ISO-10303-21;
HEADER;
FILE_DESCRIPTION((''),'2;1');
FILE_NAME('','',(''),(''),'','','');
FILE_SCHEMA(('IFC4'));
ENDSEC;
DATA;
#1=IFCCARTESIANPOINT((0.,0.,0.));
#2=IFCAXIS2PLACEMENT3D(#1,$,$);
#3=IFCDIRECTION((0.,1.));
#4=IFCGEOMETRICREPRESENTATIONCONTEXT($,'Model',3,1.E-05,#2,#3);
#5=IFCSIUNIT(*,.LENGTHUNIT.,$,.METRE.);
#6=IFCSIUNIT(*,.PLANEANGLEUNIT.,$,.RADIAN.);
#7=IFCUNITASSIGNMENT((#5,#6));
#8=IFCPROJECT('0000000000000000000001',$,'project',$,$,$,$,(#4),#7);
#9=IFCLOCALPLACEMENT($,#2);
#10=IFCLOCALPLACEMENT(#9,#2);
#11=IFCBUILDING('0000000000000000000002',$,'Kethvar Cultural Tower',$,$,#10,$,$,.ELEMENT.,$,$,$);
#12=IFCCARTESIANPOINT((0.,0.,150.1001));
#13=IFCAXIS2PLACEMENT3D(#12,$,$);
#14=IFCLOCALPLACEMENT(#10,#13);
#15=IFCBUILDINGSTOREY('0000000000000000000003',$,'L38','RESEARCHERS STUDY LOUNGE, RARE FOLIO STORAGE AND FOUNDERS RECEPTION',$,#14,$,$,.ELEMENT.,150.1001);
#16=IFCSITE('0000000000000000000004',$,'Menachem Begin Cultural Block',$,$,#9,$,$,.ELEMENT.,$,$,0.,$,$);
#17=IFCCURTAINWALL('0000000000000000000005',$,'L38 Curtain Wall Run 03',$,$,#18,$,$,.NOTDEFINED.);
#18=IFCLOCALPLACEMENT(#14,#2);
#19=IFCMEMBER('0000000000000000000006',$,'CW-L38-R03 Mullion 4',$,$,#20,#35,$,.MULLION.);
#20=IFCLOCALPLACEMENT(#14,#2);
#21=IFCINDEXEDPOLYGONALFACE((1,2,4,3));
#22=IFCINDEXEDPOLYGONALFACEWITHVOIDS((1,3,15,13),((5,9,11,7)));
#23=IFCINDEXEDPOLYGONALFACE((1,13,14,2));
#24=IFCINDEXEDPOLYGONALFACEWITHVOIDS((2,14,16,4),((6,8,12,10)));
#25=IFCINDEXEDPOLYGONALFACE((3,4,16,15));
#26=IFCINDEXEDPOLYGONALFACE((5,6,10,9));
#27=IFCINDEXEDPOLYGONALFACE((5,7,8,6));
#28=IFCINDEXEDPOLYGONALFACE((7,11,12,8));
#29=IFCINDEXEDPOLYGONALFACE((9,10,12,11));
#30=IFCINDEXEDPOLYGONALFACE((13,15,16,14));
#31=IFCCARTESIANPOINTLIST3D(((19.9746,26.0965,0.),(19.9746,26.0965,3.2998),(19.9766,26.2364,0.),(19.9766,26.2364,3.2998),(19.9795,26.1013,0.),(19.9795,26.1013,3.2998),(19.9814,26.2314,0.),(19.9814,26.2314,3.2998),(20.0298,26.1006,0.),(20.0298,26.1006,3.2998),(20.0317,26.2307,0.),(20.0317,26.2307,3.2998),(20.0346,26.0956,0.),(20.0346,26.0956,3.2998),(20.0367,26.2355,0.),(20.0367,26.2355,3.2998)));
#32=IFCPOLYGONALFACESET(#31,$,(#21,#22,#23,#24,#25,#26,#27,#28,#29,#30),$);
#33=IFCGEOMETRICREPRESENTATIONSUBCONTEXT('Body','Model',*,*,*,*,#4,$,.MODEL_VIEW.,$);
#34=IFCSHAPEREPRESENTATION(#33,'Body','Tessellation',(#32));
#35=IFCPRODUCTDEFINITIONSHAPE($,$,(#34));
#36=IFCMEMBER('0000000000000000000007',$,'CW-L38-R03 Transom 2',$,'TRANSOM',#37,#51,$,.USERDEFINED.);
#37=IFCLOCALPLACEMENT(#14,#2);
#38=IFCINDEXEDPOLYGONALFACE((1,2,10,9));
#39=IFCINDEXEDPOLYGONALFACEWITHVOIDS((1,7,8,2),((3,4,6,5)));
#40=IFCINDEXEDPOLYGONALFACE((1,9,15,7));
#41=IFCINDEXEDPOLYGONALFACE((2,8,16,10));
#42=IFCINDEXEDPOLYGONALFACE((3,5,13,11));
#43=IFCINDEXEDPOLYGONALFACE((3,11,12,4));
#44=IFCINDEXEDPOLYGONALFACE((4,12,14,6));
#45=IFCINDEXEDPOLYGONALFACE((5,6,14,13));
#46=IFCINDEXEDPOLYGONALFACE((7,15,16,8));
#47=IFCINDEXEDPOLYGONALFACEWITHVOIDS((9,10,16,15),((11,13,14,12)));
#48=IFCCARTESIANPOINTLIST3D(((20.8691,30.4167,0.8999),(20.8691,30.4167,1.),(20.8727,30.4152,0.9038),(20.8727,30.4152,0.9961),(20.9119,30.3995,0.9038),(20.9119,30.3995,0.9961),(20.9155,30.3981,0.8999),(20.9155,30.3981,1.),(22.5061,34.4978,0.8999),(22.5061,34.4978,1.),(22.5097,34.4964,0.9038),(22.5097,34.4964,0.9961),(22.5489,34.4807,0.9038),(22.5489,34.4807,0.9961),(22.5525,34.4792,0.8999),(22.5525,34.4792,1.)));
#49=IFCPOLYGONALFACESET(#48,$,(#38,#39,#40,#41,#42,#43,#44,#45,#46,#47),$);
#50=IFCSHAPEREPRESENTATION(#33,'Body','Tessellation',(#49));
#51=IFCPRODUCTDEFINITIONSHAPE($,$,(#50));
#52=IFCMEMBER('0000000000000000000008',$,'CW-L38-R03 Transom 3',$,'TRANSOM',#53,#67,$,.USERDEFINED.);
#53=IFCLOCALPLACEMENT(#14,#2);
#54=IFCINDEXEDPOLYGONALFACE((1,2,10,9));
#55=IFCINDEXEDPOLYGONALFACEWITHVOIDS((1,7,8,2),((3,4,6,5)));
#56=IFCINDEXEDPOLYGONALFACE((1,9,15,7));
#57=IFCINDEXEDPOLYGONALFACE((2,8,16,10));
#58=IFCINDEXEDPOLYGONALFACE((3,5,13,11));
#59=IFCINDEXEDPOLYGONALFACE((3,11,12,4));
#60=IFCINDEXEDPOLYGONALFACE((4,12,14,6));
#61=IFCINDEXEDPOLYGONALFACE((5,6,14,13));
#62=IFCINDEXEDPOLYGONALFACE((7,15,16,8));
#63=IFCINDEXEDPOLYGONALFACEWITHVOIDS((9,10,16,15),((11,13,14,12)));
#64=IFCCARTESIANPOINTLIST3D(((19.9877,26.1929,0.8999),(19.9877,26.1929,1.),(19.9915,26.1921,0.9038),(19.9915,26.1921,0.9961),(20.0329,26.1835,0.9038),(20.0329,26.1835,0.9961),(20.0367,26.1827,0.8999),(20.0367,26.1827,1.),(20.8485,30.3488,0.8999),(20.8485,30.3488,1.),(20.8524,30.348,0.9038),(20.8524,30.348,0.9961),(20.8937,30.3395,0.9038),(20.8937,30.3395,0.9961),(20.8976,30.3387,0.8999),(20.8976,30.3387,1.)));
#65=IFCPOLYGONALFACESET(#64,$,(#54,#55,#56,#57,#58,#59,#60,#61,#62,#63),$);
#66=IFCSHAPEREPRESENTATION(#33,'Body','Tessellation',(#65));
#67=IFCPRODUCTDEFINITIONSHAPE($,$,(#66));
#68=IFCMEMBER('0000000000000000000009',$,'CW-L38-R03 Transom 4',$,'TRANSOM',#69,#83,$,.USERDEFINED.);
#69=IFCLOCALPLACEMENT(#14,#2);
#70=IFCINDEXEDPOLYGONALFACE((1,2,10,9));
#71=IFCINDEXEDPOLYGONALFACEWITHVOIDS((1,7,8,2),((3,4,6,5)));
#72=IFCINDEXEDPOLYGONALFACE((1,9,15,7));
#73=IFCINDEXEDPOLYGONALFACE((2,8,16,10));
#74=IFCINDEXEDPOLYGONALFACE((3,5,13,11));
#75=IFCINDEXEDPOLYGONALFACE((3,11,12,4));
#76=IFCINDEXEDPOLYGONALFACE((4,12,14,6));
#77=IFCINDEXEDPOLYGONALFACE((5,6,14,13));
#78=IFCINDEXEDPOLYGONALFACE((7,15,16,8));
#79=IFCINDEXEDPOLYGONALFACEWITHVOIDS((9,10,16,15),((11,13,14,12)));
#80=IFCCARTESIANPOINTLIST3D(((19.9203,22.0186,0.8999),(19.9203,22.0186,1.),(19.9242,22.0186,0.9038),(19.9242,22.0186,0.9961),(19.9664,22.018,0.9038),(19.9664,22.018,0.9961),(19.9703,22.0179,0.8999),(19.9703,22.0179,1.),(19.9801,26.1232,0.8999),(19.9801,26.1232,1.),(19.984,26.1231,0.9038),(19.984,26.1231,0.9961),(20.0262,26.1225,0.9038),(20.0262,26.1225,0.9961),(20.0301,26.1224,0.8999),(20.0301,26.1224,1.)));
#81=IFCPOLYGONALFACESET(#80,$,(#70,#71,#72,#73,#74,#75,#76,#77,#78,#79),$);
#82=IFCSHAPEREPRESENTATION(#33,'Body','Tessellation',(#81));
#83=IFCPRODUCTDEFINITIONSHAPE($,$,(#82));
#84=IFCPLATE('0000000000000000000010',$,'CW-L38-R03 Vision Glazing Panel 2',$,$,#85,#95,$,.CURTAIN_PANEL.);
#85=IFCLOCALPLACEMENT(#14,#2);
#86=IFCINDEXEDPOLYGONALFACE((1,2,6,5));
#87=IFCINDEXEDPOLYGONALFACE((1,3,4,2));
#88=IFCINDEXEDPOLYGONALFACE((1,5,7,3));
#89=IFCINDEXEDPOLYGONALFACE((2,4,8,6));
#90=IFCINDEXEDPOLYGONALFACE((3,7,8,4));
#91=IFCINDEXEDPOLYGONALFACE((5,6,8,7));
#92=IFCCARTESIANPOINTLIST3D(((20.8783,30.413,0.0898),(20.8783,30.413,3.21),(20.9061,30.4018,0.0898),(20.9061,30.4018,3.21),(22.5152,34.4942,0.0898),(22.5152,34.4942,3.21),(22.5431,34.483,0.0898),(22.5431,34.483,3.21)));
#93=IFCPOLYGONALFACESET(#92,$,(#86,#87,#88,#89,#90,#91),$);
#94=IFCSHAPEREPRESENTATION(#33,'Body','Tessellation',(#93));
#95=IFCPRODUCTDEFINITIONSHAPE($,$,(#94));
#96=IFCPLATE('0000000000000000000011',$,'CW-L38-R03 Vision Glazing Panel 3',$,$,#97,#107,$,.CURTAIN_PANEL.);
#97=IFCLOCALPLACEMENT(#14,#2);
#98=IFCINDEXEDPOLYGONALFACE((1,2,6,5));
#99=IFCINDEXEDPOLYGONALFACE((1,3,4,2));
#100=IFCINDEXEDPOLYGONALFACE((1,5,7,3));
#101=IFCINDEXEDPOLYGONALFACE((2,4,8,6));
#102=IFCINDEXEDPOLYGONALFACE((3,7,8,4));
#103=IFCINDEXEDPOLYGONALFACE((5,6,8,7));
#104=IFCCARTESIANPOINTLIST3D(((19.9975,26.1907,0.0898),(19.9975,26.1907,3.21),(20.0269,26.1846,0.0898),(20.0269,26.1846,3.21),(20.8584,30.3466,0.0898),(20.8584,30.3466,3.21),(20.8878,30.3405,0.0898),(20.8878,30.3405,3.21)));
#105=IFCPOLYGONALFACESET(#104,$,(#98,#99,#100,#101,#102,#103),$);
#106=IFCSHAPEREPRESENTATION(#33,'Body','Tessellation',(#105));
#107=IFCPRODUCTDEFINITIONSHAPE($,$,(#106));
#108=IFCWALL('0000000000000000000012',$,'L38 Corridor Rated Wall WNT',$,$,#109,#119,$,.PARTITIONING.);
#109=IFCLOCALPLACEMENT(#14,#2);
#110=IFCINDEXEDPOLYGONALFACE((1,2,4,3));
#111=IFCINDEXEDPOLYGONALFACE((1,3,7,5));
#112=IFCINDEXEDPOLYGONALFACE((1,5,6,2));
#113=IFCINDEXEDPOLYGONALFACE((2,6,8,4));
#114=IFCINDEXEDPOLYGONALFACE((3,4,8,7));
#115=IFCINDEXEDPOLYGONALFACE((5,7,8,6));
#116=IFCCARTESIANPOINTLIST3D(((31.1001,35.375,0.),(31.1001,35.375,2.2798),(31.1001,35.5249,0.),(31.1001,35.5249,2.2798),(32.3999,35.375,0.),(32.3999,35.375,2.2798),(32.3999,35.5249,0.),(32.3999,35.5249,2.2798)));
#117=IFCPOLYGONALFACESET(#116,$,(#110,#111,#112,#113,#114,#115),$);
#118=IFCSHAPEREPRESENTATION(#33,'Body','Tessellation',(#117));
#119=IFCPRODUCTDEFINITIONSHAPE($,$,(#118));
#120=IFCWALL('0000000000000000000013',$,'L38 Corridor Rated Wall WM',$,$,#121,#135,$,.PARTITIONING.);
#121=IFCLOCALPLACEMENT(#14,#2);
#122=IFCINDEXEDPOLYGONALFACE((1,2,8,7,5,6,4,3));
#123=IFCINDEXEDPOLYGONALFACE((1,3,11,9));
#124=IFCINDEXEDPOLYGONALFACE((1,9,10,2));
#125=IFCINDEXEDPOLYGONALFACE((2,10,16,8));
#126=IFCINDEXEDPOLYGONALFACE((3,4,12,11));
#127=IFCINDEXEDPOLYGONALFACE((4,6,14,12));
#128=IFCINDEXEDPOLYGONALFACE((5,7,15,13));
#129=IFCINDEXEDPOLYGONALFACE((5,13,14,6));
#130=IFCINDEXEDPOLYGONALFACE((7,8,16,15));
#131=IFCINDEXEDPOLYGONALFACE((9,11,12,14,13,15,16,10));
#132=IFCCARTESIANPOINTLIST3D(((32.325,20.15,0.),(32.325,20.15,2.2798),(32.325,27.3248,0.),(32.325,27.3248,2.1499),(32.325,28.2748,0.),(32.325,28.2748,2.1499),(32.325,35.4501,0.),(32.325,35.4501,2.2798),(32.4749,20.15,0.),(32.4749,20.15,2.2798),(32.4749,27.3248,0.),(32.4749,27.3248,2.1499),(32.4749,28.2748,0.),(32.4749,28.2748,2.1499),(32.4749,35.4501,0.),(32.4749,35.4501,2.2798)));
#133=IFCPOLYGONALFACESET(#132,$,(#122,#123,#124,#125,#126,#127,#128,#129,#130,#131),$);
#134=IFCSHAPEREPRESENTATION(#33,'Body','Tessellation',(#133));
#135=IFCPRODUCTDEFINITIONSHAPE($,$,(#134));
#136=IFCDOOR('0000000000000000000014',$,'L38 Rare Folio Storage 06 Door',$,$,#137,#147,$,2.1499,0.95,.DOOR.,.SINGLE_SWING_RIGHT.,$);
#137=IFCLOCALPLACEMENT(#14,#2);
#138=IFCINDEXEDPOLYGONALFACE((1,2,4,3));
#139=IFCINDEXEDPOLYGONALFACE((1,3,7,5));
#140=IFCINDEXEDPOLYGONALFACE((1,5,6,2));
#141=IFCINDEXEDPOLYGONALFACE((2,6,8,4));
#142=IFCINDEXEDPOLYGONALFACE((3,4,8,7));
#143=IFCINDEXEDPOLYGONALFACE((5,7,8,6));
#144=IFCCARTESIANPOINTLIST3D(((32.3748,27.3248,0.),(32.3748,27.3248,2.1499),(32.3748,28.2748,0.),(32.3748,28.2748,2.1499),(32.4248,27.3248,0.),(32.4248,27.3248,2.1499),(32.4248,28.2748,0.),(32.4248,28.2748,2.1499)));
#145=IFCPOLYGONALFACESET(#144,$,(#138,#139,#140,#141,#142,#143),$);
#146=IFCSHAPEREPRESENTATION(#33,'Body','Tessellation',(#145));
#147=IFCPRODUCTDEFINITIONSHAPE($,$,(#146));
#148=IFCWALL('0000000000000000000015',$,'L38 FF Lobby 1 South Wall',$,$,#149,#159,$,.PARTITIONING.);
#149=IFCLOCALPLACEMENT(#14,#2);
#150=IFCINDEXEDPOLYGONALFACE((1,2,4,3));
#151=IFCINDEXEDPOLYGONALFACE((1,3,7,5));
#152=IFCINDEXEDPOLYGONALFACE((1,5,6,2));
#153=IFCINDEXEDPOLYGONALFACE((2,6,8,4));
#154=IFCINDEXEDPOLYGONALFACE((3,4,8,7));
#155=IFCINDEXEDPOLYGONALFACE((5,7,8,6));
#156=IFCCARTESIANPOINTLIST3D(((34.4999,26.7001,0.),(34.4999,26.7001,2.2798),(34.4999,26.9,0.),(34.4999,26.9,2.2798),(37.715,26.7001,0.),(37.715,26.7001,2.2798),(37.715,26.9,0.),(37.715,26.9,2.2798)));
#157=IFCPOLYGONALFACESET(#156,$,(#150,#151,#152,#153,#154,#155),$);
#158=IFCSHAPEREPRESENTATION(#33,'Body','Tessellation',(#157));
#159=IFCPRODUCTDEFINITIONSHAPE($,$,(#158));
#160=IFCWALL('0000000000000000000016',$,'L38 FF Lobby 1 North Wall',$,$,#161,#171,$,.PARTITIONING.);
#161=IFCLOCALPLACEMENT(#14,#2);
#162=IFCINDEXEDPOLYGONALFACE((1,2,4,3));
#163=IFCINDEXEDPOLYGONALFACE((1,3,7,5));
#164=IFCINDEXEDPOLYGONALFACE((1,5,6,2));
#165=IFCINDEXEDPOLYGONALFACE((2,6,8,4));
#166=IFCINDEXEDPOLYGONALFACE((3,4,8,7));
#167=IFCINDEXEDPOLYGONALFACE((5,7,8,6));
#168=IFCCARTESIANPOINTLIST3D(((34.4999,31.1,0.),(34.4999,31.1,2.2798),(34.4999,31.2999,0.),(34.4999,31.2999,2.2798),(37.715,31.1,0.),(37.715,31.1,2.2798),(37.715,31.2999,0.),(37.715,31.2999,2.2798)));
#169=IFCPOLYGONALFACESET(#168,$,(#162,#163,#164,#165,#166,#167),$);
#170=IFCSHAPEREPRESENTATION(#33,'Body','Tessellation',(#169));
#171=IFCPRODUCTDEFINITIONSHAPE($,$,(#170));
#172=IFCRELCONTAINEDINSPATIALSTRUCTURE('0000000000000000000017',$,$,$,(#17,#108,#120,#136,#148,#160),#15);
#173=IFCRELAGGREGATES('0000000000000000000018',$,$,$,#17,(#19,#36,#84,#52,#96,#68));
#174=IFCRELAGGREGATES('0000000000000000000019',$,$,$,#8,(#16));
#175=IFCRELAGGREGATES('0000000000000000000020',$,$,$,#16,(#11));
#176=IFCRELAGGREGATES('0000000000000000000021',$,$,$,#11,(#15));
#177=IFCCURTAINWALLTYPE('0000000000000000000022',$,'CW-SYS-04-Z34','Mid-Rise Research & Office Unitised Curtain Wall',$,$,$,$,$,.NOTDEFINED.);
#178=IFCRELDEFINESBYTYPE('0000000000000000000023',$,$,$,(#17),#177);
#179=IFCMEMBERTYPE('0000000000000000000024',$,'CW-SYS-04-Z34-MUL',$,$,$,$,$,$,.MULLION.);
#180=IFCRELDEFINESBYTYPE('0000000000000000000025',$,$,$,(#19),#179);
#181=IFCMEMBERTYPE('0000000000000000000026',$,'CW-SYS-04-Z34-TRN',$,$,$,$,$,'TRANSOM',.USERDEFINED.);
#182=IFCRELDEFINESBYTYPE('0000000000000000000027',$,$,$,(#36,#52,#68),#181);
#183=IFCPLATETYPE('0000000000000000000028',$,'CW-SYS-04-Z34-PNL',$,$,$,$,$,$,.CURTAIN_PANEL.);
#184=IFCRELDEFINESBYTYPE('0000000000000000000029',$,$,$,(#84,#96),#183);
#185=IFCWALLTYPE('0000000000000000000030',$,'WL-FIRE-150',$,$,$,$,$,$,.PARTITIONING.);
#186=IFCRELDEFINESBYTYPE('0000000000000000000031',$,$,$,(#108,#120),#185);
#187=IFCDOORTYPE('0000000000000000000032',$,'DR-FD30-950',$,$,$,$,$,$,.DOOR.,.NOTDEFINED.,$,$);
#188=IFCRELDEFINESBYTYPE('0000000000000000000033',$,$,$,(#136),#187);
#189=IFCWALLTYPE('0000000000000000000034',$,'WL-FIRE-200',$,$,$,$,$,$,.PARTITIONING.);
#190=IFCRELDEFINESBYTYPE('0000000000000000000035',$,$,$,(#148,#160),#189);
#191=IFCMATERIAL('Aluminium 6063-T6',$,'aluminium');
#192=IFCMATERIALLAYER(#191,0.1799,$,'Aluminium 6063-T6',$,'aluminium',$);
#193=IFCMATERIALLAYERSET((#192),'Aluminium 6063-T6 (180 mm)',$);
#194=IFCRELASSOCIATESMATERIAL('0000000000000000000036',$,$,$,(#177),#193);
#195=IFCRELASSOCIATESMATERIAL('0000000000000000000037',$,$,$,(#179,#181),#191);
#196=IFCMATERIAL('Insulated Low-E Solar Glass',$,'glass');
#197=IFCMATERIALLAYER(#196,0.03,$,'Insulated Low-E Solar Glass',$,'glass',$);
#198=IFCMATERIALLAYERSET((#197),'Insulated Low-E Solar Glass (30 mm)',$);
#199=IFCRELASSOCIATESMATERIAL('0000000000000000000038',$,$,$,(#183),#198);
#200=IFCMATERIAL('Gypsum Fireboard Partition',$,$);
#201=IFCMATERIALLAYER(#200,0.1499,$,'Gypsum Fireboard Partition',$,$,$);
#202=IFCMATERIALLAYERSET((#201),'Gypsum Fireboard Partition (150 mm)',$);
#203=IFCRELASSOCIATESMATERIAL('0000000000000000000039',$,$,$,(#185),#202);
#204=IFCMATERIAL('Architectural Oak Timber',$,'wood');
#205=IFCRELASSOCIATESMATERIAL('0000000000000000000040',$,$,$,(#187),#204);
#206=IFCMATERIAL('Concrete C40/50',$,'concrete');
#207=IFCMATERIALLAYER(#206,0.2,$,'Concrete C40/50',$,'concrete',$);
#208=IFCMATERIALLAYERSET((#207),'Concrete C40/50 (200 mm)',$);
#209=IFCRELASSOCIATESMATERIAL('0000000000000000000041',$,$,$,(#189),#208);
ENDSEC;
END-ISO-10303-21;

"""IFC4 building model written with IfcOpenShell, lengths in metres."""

from ifc_helpers import new_model, si_unit, direction, frame, frame_2d, origin, origin_2d, place, context, subcontext, project, spatial, rectangle, hollow_rectangle, extrude, source, transform, mapped, material, layer, layer_set, material_profile, profile_set, type_object, element, fill, aggregate, save


model = new_model("IFC4")

# Units and contexts
model_context = context("Model", 3, precision=1e-05, world=origin(), true_north=direction((0.0, 1.0)))
body_context = subcontext(model_context, "Body", "Model", "MODEL_VIEW")
ifc_project = project(units=[si_unit("LENGTHUNIT", "METRE"), si_unit("PLANEANGLEUNIT", "RADIAN")], contexts=[model_context])

# Site, building, storey
site_placement = place(None, origin())
site = spatial("IfcSite", under=ifc_project, at=site_placement, Name="Menachem Begin Cultural Block", CompositionType="ELEMENT", RefElevation=0.0)
building_placement = place(site_placement, origin())
building = spatial("IfcBuilding", under=site, at=building_placement, Name="Kethvar Cultural Tower", CompositionType="ELEMENT")
storey_placement = place(building_placement, frame((0.0, 0.0, 150.1001)))
storey = spatial("IfcBuildingStorey", under=building, at=storey_placement, Name="L38", Description="RESEARCHERS STUDY LOUNGE, RARE FOLIO STORAGE AND FOUNDERS RECEPTION", CompositionType="ELEMENT", Elevation=150.1001)

# Curtain wall, members, plates
ifc_material_1 = material(Name="Aluminium 6063-T6", Category="aluminium")
ifc_layer_1 = layer(ifc_material_1, 0.1799, Name="Aluminium 6063-T6", Category="aluminium")
ifc_layer_set_1 = layer_set([ifc_layer_1], Name="Aluminium 6063-T6 (180 mm)")
curtain_wall_type = type_object("IfcCurtainWallType", Name="CW-SYS-04-Z34", Description="Mid-Rise Research & Office Unitised Curtain Wall", PredefinedType="NOTDEFINED", material=ifc_layer_set_1)
curtain_wall_placement = place(storey_placement, origin())
curtain_wall = element("IfcCurtainWall", 1, at=curtain_wall_placement, inside=storey, type_object=curtain_wall_type, Name="L38 Curtain Wall Run 03", PredefinedType="NOTDEFINED")
ifc_material_profile_1 = material_profile(ifc_material_1, hollow_rectangle(XDim=0.0601, YDim=0.1399, WallThickness=0.0049, at=origin_2d()), Name="Aluminium 6063-T6 — RHS140x60x5")
ifc_profile_set_1 = profile_set([ifc_material_profile_1], Name="Aluminium 6063-T6 — RHS140x60x5")
member_type_1 = type_object("IfcMemberType", Name="CW-SYS-04-Z34-MUL", PredefinedType="MULLION", material=ifc_profile_set_1)
shared_shape_1 = source(origin(), body_context, "Body", "SweptSolid", [
    extrude(hollow_rectangle(XDim=0.0601, YDim=0.1399, WallThickness=0.0049, at=origin_2d()), origin(), (0.0, 0.0, 1.0), 3.2998),
])
member_1_placement = place(storey_placement, frame((20.0056, 26.166, 0.0), z_axis=(0.0, 0.0, 1.0), x_axis=(0.999894, -0.014538, 0.0)))
member_1 = element("IfcMember", 2, at=member_1_placement, type_object=member_type_1, Name="CW-L38-R03 Mullion 4", PredefinedType="MULLION", context=body_context, shape_type="MappedRepresentation", body=[
    mapped(shared_shape_1, transform((0.0, 0.0, 0.0), scale=1.0)),
])
ifc_material_profile_2 = material_profile(ifc_material_1, hollow_rectangle(XDim=0.05, YDim=0.1001, WallThickness=0.0039, at=origin_2d()), Name="Aluminium 6063-T6 — RHS100x50x4")
ifc_profile_set_2 = profile_set([ifc_material_profile_2], Name="Aluminium 6063-T6 — RHS100x50x4")
member_type_2 = type_object("IfcMemberType", Name="CW-SYS-04-Z34-TRN", ElementType="TRANSOM", PredefinedType="USERDEFINED", material=ifc_profile_set_2)
shared_shape_2 = source(origin(), body_context, "Body", "SweptSolid", [
    extrude(hollow_rectangle(XDim=0.05, YDim=0.1001, WallThickness=0.0039, at=origin_2d()), origin(), (0.0, 0.0, 1.0), 4.3972),
])
member_2_placement = place(storey_placement, frame((22.5293, 34.4885, 0.95), z_axis=(-0.372281, -0.92812, 0.0), x_axis=(0.92812, -0.372281, 0.0)))
member_2 = element("IfcMember", 3, at=member_2_placement, type_object=member_type_2, Name="CW-L38-R03 Transom 2", ObjectType="TRANSOM", PredefinedType="USERDEFINED", context=body_context, shape_type="MappedRepresentation", body=[
    mapped(shared_shape_2, transform((0.0, 0.0, 0.0), scale=1.0)),
])
shared_shape_3 = source(origin(), body_context, "Body", "SweptSolid", [
    extrude(hollow_rectangle(XDim=0.05, YDim=0.1001, WallThickness=0.0039, at=origin_2d()), origin(), (0.0, 0.0, 1.0), 4.2441),
])
member_3_placement = place(storey_placement, frame((20.873, 30.3438, 0.95), z_axis=(-0.202826, -0.979215, 0.0), x_axis=(0.979215, -0.202826, 0.0)))
member_3 = element("IfcMember", 4, at=member_3_placement, type_object=member_type_2, Name="CW-L38-R03 Transom 3", ObjectType="TRANSOM", PredefinedType="USERDEFINED", context=body_context, shape_type="MappedRepresentation", body=[
    mapped(shared_shape_3, transform((0.0, 0.0, 0.0), scale=1.0)),
])
shared_shape_4 = source(origin(), body_context, "Body", "SweptSolid", [
    extrude(hollow_rectangle(XDim=0.05, YDim=0.1001, WallThickness=0.0039, at=origin_2d()), origin(), (0.0, 0.0, 1.0), 4.105),
])
member_4_placement = place(storey_placement, frame((20.0051, 26.1228, 0.95), z_axis=(-0.014571, -0.999894, 0.0), x_axis=(0.999894, -0.014571, 0.0)))
member_4 = element("IfcMember", 5, at=member_4_placement, type_object=member_type_2, Name="CW-L38-R03 Transom 4", ObjectType="TRANSOM", PredefinedType="USERDEFINED", context=body_context, shape_type="MappedRepresentation", body=[
    mapped(shared_shape_4, transform((0.0, 0.0, 0.0), scale=1.0)),
])
ifc_material_2 = material(Name="Insulated Low-E Solar Glass", Category="glass")
ifc_layer_2 = layer(ifc_material_2, 0.03, Name="Insulated Low-E Solar Glass", Category="glass")
ifc_layer_set_2 = layer_set([ifc_layer_2], Name="Insulated Low-E Solar Glass (30 mm)")
plate_type = type_object("IfcPlateType", Name="CW-SYS-04-Z34-PNL", PredefinedType="CURTAIN_PANEL", material=ifc_layer_set_2)
shared_shape_5 = source(origin(), body_context, "Body", "SweptSolid", [
    extrude(rectangle(XDim=4.3972, YDim=0.03, at=origin_2d()), origin(), (0.0, 0.0, 1.0), 3.1201),
])
plate_1_placement = place(storey_placement, frame((21.7107, 32.448, 0.0898), z_axis=(0.0, 0.0, 1.0), x_axis=(-0.372275, -0.928122, 0.0)))
plate_1 = element("IfcPlate", 6, at=plate_1_placement, type_object=plate_type, Name="CW-L38-R03 Vision Glazing Panel 2", PredefinedType="CURTAIN_PANEL", context=body_context, shape_type="MappedRepresentation", body=[
    mapped(shared_shape_5, transform((0.0, 0.0, 0.0), scale=1.0)),
])
shared_shape_6 = source(origin(), body_context, "Body", "SweptSolid", [
    extrude(rectangle(XDim=4.2441, YDim=0.03, at=origin_2d()), origin(), (0.0, 0.0, 1.0), 3.1201),
])
plate_2_placement = place(storey_placement, frame((20.4426, 28.2656, 0.0898), z_axis=(0.0, 0.0, 1.0), x_axis=(-0.202839, -0.979212, 0.0)))
plate_2 = element("IfcPlate", 7, at=plate_2_placement, type_object=plate_type, Name="CW-L38-R03 Vision Glazing Panel 3", PredefinedType="CURTAIN_PANEL", context=body_context, shape_type="MappedRepresentation", body=[
    mapped(shared_shape_6, transform((0.0, 0.0, 0.0), scale=1.0)),
])
aggregate(curtain_wall, [member_1, member_2, plate_1, member_3, plate_2, member_4])

# Wall
ifc_material_3 = material(Name="Gypsum Fireboard Partition")
ifc_layer_3 = layer(ifc_material_3, 0.1499, Name="Gypsum Fireboard Partition")
ifc_layer_set_3 = layer_set([ifc_layer_3], Name="Gypsum Fireboard Partition (150 mm)")
wall_type_1 = type_object("IfcWallType", Name="WL-FIRE-150", PredefinedType="PARTITIONING", material=ifc_layer_set_3)
wall_1_placement = place(storey_placement, frame((31.1001, 35.45, 0.0), z_axis=(0.0, 0.0, 1.0), x_axis=(1.0, 0.0, 0.0)))
element("IfcWall", 8, at=wall_1_placement, inside=storey, type_object=wall_type_1, Name="L38 Corridor Rated Wall WNT", PredefinedType="PARTITIONING", context=body_context, shape_type="SweptSolid", body=[
    extrude(rectangle(XDim=1.2998, YDim=0.1499, at=frame_2d((0.6499, 0.0))), origin(), (0.0, 0.0, 1.0), 2.2798),
])

# Wall, opening, door
wall_2_placement = place(storey_placement, frame((32.3999, 35.45, 0.0), z_axis=(0.0, 0.0, 1.0), x_axis=(0.0, -1.0, 0.0)))
wall_2 = element("IfcWall", 9, at=wall_2_placement, inside=storey, type_object=wall_type_1, Name="L38 Corridor Rated Wall WM", PredefinedType="PARTITIONING", context=body_context, shape_type="SweptSolid", body=[
    extrude(rectangle(XDim=15.3, YDim=0.1499, at=frame_2d((7.6499, 0.0))), origin(), (0.0, 0.0, 1.0), 2.2798),
])
opening_1_placement = place(wall_2_placement, frame((7.175, 0.0, 0.0)))
opening_1 = element("IfcOpeningElement", 10, at=opening_1_placement, cuts=wall_2, PredefinedType="OPENING", context=body_context, shape_type="SweptSolid", body=[
    extrude(rectangle(XDim=0.95, YDim=2.1499, at=frame_2d((0.4751, 1.075))), frame((0.0, 0.085, 0.0), z_axis=(0.0, -1.0, 0.0), x_axis=(1.0, 0.0, 0.0)), (0.0, 0.0, 1.0), 0.1699),
])
ifc_material_4 = material(Name="Architectural Oak Timber", Category="wood")
door_type_1 = type_object("IfcDoorType", Name="DR-FD30-950", OperationType="NOTDEFINED", PredefinedType="DOOR", material=ifc_material_4)
shared_shape_7 = source(origin(), body_context, "Body", "SweptSolid", [
    extrude(rectangle(XDim=0.95, YDim=2.1499, at=frame_2d((0.4751, 1.075))), frame((0.0, 0.0249, 0.0), z_axis=(0.0, -1.0, 0.0), x_axis=(1.0, 0.0, 0.0)), (0.0, 0.0, 1.0), 0.05),
])
door_1_placement = place(opening_1_placement, origin())
door_1 = element("IfcDoor", 11, at=door_1_placement, inside=storey, type_object=door_type_1, Name="L38 Rare Folio Storage 06 Door", OperationType="SINGLE_SWING_RIGHT", OverallHeight=2.1499, OverallWidth=0.95, PredefinedType="DOOR", context=body_context, shape_type="MappedRepresentation", body=[
    mapped(shared_shape_7, transform((0.0, 0.0, 0.0), scale=1.0)),
])
fill(opening_1, door_1)
ifc_material_5 = material(Name="Concrete C40/50", Category="concrete")
ifc_layer_4 = layer(ifc_material_5, 0.2, Name="Concrete C40/50", Category="concrete")
ifc_layer_set_4 = layer_set([ifc_layer_4], Name="Concrete C40/50 (200 mm)")
wall_type_2 = type_object("IfcWallType", Name="WL-FIRE-200", PredefinedType="PARTITIONING", material=ifc_layer_set_4)

# Walls
for number, where, z_axis, x_axis, name in (
    (12, (34.5, 26.8, 0.0), (0.0, 0.0, 1.0), (1.0, 0.0, 0.0), "L38 FF Lobby 1 South Wall"),
    (13, (34.5, 31.2, 0.0), (0.0, 0.0, 1.0), (1.0, 0.0, 0.0), "L38 FF Lobby 1 North Wall"),
):
    element("IfcWall", number, at=place(storey_placement, frame(where, z_axis=z_axis, x_axis=x_axis)), inside=storey, type_object=wall_type_2, Name=name, PredefinedType="PARTITIONING", context=body_context, shape_type="SweptSolid", body=[
        extrude(rectangle(XDim=3.2151, YDim=0.2, at=frame_2d((1.6074, 0.0))), origin(), (0.0, 0.0, 1.0), 2.2798),
    ])

save(model, "model.ifc")
